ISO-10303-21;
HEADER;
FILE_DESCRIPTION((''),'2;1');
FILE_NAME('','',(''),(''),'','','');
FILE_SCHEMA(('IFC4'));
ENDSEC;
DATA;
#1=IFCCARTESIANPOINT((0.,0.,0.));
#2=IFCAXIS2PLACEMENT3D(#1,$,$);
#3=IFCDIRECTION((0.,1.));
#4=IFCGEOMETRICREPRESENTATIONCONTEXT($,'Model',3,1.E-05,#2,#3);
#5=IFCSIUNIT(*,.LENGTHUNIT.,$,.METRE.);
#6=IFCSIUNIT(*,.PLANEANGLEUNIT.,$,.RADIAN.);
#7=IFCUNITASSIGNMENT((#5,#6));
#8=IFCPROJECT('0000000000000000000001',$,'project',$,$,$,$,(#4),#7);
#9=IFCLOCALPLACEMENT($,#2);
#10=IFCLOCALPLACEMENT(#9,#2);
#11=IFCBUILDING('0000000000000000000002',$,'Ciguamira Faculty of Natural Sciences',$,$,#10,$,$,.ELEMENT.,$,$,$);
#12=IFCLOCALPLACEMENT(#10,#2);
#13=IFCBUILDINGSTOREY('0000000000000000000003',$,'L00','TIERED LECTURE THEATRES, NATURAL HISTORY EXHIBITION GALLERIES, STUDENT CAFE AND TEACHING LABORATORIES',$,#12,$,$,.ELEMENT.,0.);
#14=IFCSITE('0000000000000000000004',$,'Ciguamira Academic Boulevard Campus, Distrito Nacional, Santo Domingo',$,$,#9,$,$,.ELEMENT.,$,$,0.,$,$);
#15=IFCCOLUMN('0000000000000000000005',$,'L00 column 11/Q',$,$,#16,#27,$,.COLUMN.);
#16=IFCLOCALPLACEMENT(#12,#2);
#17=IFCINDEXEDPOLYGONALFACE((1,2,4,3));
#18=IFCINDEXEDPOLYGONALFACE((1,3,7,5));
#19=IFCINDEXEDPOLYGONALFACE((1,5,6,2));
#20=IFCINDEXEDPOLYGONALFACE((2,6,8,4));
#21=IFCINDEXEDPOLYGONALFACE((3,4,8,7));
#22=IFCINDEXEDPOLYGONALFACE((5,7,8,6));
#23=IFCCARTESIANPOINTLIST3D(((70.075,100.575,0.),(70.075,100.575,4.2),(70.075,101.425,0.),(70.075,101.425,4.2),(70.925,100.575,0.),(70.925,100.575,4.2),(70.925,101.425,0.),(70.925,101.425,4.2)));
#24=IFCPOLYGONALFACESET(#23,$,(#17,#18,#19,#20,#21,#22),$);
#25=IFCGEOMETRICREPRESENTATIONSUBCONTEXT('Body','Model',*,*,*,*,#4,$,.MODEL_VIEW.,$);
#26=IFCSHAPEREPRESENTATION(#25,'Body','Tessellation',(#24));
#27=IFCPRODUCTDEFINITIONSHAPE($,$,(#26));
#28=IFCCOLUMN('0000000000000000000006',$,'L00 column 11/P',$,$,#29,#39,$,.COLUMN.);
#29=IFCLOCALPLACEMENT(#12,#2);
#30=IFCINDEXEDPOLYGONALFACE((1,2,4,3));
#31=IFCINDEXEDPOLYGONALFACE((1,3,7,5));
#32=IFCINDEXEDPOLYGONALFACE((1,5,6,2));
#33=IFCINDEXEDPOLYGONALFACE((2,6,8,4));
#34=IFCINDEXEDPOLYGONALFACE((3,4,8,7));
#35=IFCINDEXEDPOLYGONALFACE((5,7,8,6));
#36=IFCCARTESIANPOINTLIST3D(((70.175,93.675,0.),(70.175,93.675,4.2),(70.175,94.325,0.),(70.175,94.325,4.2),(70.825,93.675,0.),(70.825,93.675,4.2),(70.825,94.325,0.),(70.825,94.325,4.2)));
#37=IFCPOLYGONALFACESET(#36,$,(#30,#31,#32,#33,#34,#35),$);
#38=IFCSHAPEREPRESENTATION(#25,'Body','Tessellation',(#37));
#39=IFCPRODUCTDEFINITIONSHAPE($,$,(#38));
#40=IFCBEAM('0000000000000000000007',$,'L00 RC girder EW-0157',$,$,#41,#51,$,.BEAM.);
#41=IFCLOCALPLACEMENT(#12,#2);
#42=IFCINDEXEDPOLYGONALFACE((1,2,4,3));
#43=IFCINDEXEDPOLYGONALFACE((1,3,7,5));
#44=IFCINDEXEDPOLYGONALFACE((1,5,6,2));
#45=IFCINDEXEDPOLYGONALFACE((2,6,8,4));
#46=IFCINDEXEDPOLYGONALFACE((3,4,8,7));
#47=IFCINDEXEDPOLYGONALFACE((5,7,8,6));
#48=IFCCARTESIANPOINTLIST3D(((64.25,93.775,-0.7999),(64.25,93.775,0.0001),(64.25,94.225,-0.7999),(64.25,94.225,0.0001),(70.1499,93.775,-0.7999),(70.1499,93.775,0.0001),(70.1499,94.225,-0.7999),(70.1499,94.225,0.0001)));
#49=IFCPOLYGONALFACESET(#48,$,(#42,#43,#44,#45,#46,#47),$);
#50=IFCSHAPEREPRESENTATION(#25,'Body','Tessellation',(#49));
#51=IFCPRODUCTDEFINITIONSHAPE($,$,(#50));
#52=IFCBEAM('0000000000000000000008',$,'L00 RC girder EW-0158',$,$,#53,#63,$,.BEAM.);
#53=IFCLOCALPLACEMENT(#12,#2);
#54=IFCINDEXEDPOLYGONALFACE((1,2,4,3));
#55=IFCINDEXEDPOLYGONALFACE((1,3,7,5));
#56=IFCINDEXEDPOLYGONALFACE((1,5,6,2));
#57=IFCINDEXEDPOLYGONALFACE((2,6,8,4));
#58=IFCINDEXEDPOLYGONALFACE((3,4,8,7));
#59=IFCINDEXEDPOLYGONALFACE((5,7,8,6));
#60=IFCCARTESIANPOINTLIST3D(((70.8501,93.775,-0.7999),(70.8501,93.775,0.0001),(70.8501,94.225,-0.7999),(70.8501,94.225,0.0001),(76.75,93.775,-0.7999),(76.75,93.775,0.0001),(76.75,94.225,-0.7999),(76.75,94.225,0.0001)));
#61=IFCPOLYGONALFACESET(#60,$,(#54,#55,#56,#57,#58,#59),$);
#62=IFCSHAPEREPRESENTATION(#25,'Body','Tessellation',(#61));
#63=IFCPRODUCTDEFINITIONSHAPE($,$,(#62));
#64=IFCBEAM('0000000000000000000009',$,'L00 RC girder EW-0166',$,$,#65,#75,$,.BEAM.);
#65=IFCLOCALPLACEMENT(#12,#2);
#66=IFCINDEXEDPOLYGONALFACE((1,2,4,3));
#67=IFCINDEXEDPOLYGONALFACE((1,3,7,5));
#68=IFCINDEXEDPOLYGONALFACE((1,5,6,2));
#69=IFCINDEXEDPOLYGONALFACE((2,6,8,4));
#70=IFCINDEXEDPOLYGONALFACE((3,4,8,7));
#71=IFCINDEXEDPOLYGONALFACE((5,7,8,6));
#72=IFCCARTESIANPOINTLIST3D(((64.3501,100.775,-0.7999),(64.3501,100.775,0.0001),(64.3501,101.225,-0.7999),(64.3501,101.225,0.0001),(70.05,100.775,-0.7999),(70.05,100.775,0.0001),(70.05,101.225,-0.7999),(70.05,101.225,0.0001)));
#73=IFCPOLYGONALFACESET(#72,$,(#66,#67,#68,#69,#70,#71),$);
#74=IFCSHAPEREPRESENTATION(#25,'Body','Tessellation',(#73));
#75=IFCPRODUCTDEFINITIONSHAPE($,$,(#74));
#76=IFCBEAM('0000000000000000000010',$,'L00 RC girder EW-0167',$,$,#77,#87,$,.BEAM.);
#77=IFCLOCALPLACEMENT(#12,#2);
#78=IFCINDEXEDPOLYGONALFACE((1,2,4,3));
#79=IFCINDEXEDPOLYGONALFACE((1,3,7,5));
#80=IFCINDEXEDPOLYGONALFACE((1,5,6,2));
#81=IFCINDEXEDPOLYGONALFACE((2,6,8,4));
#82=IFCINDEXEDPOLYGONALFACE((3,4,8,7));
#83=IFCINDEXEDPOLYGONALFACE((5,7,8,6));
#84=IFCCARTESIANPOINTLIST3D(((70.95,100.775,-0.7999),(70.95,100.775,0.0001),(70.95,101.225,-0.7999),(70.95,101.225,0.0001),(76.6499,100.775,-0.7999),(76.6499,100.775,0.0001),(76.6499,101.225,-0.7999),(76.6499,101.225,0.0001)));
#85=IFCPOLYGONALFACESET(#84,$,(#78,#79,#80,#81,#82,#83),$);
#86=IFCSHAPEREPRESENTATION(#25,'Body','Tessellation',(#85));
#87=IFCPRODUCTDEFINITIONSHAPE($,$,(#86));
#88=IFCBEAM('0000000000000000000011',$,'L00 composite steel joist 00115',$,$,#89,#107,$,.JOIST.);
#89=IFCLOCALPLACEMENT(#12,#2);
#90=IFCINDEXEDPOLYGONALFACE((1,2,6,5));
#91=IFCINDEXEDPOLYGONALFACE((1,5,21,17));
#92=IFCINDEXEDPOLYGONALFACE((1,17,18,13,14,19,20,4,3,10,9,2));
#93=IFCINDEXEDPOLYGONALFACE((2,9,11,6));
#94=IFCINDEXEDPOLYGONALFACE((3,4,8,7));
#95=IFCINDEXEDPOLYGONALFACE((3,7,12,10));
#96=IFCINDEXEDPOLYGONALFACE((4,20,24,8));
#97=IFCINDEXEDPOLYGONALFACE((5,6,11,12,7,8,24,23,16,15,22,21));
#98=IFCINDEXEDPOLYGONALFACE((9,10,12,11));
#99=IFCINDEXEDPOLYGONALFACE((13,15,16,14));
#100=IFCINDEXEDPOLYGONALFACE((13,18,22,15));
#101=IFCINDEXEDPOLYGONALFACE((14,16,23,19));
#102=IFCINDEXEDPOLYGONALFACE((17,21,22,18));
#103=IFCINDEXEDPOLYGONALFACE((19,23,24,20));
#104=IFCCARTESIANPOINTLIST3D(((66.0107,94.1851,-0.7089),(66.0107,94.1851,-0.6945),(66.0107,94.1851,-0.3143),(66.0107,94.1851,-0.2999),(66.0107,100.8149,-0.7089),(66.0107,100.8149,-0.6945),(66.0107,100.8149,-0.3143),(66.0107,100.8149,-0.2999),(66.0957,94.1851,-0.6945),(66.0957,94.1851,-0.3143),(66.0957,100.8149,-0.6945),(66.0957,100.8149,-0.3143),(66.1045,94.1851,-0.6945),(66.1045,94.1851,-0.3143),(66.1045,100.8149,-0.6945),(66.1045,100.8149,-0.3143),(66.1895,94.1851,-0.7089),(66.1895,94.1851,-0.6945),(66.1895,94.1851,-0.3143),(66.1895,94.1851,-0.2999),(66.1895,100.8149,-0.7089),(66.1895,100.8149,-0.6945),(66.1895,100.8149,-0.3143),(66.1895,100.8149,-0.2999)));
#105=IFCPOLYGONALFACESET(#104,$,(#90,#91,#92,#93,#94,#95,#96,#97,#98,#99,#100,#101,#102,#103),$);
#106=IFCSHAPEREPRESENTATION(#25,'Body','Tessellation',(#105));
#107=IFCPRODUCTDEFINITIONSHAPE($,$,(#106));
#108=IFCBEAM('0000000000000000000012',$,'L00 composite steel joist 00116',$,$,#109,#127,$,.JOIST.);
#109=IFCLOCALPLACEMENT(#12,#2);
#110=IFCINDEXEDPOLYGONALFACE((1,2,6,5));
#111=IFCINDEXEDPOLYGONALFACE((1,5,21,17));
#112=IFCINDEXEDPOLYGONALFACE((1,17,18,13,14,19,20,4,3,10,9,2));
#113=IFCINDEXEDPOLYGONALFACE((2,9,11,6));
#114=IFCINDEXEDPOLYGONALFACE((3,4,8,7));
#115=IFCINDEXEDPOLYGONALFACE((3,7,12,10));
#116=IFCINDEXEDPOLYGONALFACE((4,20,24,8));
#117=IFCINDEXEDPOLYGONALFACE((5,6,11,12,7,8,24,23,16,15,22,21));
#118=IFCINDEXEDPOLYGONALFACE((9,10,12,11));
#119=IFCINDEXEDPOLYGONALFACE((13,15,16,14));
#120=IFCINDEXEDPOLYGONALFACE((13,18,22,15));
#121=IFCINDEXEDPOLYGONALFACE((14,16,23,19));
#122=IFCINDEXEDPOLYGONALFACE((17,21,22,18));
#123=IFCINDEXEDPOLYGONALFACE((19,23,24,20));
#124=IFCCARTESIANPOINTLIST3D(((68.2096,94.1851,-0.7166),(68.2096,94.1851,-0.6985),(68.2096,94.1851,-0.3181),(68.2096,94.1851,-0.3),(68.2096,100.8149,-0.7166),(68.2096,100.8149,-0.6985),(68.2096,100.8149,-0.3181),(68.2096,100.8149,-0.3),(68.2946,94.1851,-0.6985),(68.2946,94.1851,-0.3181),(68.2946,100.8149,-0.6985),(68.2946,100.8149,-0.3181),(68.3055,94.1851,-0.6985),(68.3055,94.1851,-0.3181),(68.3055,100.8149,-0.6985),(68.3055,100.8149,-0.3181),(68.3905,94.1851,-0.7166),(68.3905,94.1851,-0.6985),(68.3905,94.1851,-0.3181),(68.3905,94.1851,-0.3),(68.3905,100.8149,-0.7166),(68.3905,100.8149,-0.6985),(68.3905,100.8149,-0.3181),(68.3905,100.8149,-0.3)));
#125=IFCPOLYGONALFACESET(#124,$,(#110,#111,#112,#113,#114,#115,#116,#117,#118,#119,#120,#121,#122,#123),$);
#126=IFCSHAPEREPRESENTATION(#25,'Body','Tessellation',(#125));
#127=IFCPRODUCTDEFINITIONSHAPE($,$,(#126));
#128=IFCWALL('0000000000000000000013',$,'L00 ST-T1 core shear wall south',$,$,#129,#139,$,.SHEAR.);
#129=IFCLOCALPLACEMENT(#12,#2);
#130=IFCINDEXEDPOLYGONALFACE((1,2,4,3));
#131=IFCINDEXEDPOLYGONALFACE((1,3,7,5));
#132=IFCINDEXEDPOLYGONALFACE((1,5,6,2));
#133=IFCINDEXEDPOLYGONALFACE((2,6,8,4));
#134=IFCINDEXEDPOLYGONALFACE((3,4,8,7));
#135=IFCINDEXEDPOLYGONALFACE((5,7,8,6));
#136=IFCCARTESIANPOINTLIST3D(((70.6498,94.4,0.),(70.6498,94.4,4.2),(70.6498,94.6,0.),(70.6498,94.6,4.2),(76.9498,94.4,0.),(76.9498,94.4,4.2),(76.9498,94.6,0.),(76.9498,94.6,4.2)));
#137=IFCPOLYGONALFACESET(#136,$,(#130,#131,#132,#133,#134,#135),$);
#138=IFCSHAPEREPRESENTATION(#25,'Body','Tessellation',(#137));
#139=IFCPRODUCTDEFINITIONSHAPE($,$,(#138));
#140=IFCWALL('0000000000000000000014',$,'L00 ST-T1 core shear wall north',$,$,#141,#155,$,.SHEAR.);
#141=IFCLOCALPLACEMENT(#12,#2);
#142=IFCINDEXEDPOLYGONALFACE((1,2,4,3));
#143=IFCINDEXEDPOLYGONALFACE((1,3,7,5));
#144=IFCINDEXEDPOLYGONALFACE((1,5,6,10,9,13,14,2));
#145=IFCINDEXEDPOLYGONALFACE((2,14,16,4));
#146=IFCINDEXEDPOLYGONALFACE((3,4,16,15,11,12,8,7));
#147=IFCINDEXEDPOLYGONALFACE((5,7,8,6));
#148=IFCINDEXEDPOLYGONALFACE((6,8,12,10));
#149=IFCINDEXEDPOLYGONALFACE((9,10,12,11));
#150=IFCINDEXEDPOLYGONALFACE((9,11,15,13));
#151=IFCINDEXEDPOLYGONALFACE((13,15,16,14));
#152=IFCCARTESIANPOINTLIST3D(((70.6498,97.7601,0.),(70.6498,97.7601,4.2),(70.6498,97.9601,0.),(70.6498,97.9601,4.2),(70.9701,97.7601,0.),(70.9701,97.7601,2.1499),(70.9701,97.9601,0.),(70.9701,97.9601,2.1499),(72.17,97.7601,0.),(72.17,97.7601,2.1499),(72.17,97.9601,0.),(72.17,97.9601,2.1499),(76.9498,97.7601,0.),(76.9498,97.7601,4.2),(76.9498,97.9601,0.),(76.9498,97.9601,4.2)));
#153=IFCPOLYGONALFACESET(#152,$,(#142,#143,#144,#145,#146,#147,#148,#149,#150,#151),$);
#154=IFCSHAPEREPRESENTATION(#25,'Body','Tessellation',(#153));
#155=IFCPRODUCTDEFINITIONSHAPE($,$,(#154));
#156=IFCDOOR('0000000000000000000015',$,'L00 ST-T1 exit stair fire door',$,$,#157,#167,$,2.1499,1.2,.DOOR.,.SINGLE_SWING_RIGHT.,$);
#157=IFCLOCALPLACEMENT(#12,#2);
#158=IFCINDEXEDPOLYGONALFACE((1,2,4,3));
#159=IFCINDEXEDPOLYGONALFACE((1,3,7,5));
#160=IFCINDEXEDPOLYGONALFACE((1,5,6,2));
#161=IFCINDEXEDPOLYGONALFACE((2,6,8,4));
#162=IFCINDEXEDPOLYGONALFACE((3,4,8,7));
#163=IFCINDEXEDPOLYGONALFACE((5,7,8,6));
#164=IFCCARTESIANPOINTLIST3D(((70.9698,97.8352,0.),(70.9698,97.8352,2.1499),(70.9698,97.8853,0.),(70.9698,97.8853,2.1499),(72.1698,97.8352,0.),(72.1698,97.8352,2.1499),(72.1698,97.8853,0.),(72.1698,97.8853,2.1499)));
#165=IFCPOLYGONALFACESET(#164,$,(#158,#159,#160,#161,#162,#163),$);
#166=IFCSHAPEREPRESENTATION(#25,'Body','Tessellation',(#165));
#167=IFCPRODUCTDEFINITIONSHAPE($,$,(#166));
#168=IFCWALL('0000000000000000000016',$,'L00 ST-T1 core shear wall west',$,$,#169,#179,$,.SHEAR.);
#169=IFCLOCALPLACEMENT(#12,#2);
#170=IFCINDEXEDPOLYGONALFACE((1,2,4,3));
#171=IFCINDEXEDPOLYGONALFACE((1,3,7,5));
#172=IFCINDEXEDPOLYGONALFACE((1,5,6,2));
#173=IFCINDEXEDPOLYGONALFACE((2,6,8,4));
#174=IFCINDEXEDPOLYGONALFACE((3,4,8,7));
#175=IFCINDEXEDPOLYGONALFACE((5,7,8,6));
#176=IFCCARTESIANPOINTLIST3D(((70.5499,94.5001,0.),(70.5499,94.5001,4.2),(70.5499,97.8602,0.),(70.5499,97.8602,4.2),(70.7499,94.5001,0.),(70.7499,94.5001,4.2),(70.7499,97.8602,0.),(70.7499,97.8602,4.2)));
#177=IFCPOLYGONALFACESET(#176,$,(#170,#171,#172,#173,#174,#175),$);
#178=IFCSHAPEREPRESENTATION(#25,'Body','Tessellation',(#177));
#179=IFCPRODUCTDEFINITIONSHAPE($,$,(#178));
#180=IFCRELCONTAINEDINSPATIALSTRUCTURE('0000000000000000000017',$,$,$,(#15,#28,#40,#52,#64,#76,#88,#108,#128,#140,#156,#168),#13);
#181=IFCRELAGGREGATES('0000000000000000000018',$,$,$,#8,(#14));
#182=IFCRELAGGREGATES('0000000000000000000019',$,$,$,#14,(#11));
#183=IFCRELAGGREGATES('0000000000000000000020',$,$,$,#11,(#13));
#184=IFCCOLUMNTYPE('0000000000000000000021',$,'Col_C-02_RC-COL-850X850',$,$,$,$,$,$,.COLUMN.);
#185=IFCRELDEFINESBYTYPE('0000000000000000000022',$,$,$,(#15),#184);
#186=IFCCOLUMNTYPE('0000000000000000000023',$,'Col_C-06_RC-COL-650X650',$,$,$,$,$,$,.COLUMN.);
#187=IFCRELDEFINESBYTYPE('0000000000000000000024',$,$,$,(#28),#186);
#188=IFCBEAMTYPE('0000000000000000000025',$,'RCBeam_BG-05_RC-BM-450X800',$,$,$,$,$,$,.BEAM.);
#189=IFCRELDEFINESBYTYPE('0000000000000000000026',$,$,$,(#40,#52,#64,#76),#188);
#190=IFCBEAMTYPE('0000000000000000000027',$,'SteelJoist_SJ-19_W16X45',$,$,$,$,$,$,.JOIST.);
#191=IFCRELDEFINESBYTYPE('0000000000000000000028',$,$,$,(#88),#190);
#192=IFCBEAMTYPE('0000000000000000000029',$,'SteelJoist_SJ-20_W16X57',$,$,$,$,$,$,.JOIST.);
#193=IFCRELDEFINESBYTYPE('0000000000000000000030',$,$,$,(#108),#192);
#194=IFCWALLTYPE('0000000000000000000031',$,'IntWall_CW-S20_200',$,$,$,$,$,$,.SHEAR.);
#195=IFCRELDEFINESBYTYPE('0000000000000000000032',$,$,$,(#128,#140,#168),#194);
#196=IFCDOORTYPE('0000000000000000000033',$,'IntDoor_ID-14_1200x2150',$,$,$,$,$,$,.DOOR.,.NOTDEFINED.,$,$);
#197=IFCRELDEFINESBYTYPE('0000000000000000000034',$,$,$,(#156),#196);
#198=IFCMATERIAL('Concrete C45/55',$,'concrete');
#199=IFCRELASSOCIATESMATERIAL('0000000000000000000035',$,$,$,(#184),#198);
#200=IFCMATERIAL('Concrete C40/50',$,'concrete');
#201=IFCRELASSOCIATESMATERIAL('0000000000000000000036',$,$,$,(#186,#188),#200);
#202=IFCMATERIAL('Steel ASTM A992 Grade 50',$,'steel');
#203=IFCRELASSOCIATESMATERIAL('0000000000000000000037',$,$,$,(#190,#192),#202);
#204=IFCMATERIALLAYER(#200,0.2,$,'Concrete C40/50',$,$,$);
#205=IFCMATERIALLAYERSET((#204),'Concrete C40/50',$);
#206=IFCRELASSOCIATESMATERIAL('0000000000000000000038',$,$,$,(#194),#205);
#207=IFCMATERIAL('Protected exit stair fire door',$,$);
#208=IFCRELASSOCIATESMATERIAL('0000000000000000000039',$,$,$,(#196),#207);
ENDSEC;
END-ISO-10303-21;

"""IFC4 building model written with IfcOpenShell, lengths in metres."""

from ifc_helpers import new_model, si_unit, direction, frame, frame_2d, origin, origin_2d, place, context, subcontext, project, spatial, rectangle, i_section, extrude, material, layer, layer_set, material_profile, profile_set, type_object, element, fill, save


model = new_model("IFC4")

# Units and contexts
model_context = context("Model", 3, precision=1e-05, world=origin(), true_north=direction((0.0, 1.0)))
body_context = subcontext(model_context, "Body", "Model", "MODEL_VIEW")
ifc_project = project(units=[si_unit("LENGTHUNIT", "METRE"), si_unit("PLANEANGLEUNIT", "RADIAN")], contexts=[model_context])

# Site, building, storey
site_placement = place(None, origin())
site = spatial("IfcSite", under=ifc_project, at=site_placement, Name="Ciguamira Academic Boulevard Campus, Distrito Nacional, Santo Domingo", CompositionType="ELEMENT", RefElevation=0.0)
building_placement = place(site_placement, origin())
building = spatial("IfcBuilding", under=site, at=building_placement, Name="Ciguamira Faculty of Natural Sciences", CompositionType="ELEMENT")
storey_placement = place(building_placement, origin())
storey = spatial("IfcBuildingStorey", under=building, at=storey_placement, Name="L00", Description="TIERED LECTURE THEATRES, NATURAL HISTORY EXHIBITION GALLERIES, STUDENT CAFE AND TEACHING LABORATORIES", CompositionType="ELEMENT", Elevation=0.0)

# Columns
ifc_material_1 = material(Name="Concrete C45/55", Category="concrete")
ifc_material_profile_1 = material_profile(ifc_material_1, rectangle(XDim=0.8501, YDim=0.8501, at=origin_2d()), Name="RC-COL-850X850")
ifc_profile_set_1 = profile_set([ifc_material_profile_1], Name="Concrete C45/55")
column_type_1 = type_object("IfcColumnType", Name="Col_C-02_RC-COL-850X850", PredefinedType="COLUMN", material=ifc_profile_set_1)
column_1_placement = place(storey_placement, frame((70.5, 101.0, 0.0), z_axis=(0.0, 0.0, 1.0), x_axis=(1.0, 0.0, 0.0)))
element("IfcColumn", 1, at=column_1_placement, inside=storey, type_object=column_type_1, Name="L00 column 11/Q", PredefinedType="COLUMN", context=body_context, shape_type="SweptSolid", body=[
    extrude(rectangle(XDim=0.8501, YDim=0.8501, at=origin_2d()), origin(), (0.0, 0.0, 1.0), 4.2),
])
ifc_material_2 = material(Name="Concrete C40/50", Category="concrete")
ifc_material_profile_2 = material_profile(ifc_material_2, rectangle(XDim=0.6499, YDim=0.6499, at=origin_2d()), Name="RC-COL-650X650")
ifc_profile_set_2 = profile_set([ifc_material_profile_2], Name="Concrete C40/50")
column_type_2 = type_object("IfcColumnType", Name="Col_C-06_RC-COL-650X650", PredefinedType="COLUMN", material=ifc_profile_set_2)
column_2_placement = place(storey_placement, frame((70.5, 94.0, 0.0), z_axis=(0.0, 0.0, 1.0), x_axis=(1.0, 0.0, 0.0)))
element("IfcColumn", 2, at=column_2_placement, inside=storey, type_object=column_type_2, Name="L00 column 11/P", PredefinedType="COLUMN", context=body_context, shape_type="SweptSolid", body=[
    extrude(rectangle(XDim=0.6499, YDim=0.6499, at=origin_2d()), origin(), (0.0, 0.0, 1.0), 4.2),
])

# Beams
ifc_material_profile_3 = material_profile(ifc_material_2, rectangle(XDim=0.45, YDim=0.8, at=origin_2d()), Name="RC-BM-450X800")
ifc_profile_set_3 = profile_set([ifc_material_profile_3], Name="Concrete C40/50")
beam_type_1 = type_object("IfcBeamType", Name="RCBeam_BG-05_RC-BM-450X800", PredefinedType="BEAM", material=ifc_profile_set_3)
for number, where, z_axis, x_axis, name in (
    (3, (64.25, 94.0, -0.3999), (1.0, 0.0, 0.0), (0.0, 1.0, 0.0), "L00 RC girder EW-0157"),
    (4, (70.8501, 94.0, -0.3999), (1.0, 0.0, 0.0), (0.0, 1.0, 0.0), "L00 RC girder EW-0158"),
):
    element("IfcBeam", number, at=place(storey_placement, frame(where, z_axis=z_axis, x_axis=x_axis)), inside=storey, type_object=beam_type_1, Name=name, PredefinedType="BEAM", context=body_context, shape_type="SweptSolid", body=[
        extrude(rectangle(XDim=0.45, YDim=0.8, at=origin_2d()), origin(), (0.0, 0.0, 1.0), 5.8999),
    ])
for number, where, z_axis, x_axis, name in (
    (5, (64.3501, 101.0, -0.3999), (1.0, 0.0, 0.0), (0.0, 1.0, 0.0), "L00 RC girder EW-0166"),
    (6, (70.95, 101.0, -0.3999), (1.0, 0.0, 0.0), (0.0, 1.0, 0.0), "L00 RC girder EW-0167"),
):
    element("IfcBeam", number, at=place(storey_placement, frame(where, z_axis=z_axis, x_axis=x_axis)), inside=storey, type_object=beam_type_1, Name=name, PredefinedType="BEAM", context=body_context, shape_type="SweptSolid", body=[
        extrude(rectangle(XDim=0.45, YDim=0.8, at=origin_2d()), origin(), (0.0, 0.0, 1.0), 5.7),
    ])
ifc_material_3 = material(Name="Steel ASTM A992 Grade 50", Category="steel")
ifc_material_profile_4 = material_profile(ifc_material_3, i_section(OverallWidth=0.1787, OverallDepth=0.4089, WebThickness=0.0088, FlangeThickness=0.0144, at=origin_2d()), Name="W16X45")
ifc_profile_set_4 = profile_set([ifc_material_profile_4], Name="Steel ASTM A992 Grade 50")
beam_type_2 = type_object("IfcBeamType", Name="SteelJoist_SJ-19_W16X45", PredefinedType="JOIST", material=ifc_profile_set_4)
beam_1_placement = place(storey_placement, frame((66.1001, 94.1851, -0.5044), z_axis=(0.0, 1.0, 0.0), x_axis=(-1.0, 0.0, 0.0)))
element("IfcBeam", 7, at=beam_1_placement, inside=storey, type_object=beam_type_2, Name="L00 composite steel joist 00115", PredefinedType="JOIST", context=body_context, shape_type="SweptSolid", body=[
    extrude(i_section(OverallWidth=0.1787, OverallDepth=0.4089, WebThickness=0.0088, FlangeThickness=0.0144, at=origin_2d()), origin(), (0.0, 0.0, 1.0), 6.6299),
])
ifc_material_profile_5 = material_profile(ifc_material_3, i_section(OverallWidth=0.1809, OverallDepth=0.4165, WebThickness=0.011, FlangeThickness=0.0181, at=origin_2d()), Name="W16X57")
ifc_profile_set_5 = profile_set([ifc_material_profile_5], Name="Steel ASTM A992 Grade 50")
beam_type_3 = type_object("IfcBeamType", Name="SteelJoist_SJ-20_W16X57", PredefinedType="JOIST", material=ifc_profile_set_5)
beam_2_placement = place(storey_placement, frame((68.3, 94.1851, -0.5083), z_axis=(0.0, 1.0, 0.0), x_axis=(-1.0, 0.0, 0.0)))
element("IfcBeam", 8, at=beam_2_placement, inside=storey, type_object=beam_type_3, Name="L00 composite steel joist 00116", PredefinedType="JOIST", context=body_context, shape_type="SweptSolid", body=[
    extrude(i_section(OverallWidth=0.1809, OverallDepth=0.4165, WebThickness=0.011, FlangeThickness=0.0181, at=origin_2d()), origin(), (0.0, 0.0, 1.0), 6.6299),
])

# Wall
ifc_layer_1 = layer(ifc_material_2, 0.2, Name="Concrete C40/50")
ifc_layer_set_1 = layer_set([ifc_layer_1], Name="Concrete C40/50")
wall_type_1 = type_object("IfcWallType", Name="IntWall_CW-S20_200", PredefinedType="SHEAR", material=ifc_layer_set_1)
wall_1_placement = place(storey_placement, frame((70.6499, 94.5, 0.0), z_axis=(0.0, 0.0, 1.0), x_axis=(1.0, 0.0, 0.0)))
element("IfcWall", 9, at=wall_1_placement, inside=storey, type_object=wall_type_1, Name="L00 ST-T1 core shear wall south", PredefinedType="SHEAR", context=body_context, shape_type="SweptSolid", body=[
    extrude(rectangle(XDim=6.3, YDim=0.2, at=frame_2d((3.1499, 0.0))), origin(), (0.0, 0.0, 1.0), 4.2),
])

# Wall, opening, door
wall_2_placement = place(storey_placement, frame((70.6499, 97.8601, 0.0), z_axis=(0.0, 0.0, 1.0), x_axis=(1.0, 0.0, 0.0)))
wall_2 = element("IfcWall", 10, at=wall_2_placement, inside=storey, type_object=wall_type_1, Name="L00 ST-T1 core shear wall north", PredefinedType="SHEAR", context=body_context, shape_type="SweptSolid", body=[
    extrude(rectangle(XDim=6.3, YDim=0.2, at=frame_2d((3.1499, 0.0))), origin(), (0.0, 0.0, 1.0), 4.2),
])
opening_placement = place(wall_2_placement, frame((0.3201, 0.0, 0.0)))
opening = element("IfcOpeningElement", 11, at=opening_placement, cuts=wall_2, PredefinedType="OPENING", context=body_context, shape_type="SweptSolid", body=[
    extrude(rectangle(XDim=1.2, YDim=2.1499, at=frame_2d((0.6001, 1.075))), frame((0.0, 0.1099, 0.0), z_axis=(0.0, -1.0, 0.0), x_axis=(1.0, 0.0, 0.0)), (0.0, 0.0, 1.0), 0.22),
])
ifc_material_4 = material(Name="Protected exit stair fire door")
door_type = type_object("IfcDoorType", Name="IntDoor_ID-14_1200x2150", OperationType="NOTDEFINED", PredefinedType="DOOR", material=ifc_material_4)
door_placement = place(opening_placement, frame((1.2, 0.0, 0.0), z_axis=(0.0, 0.0, 1.0), x_axis=(-1.0, 0.0, 0.0)))
door = element("IfcDoor", 12, at=door_placement, inside=storey, type_object=door_type, Name="L00 ST-T1 exit stair fire door", OperationType="SINGLE_SWING_RIGHT", OverallHeight=2.1499, OverallWidth=1.2, PredefinedType="DOOR", context=body_context, shape_type="SweptSolid", body=[
    extrude(rectangle(XDim=1.2, YDim=2.1499, at=frame_2d((0.6001, 1.075))), frame((0.0, 0.0249, 0.0), z_axis=(0.0, -1.0, 0.0), x_axis=(1.0, 0.0, 0.0)), (0.0, 0.0, 1.0), 0.05),
])
fill(opening, door)

# Wall
wall_3_placement = place(storey_placement, frame((70.6499, 94.5, 0.0), z_axis=(0.0, 0.0, 1.0), x_axis=(0.0, 1.0, 0.0)))
element("IfcWall", 13, at=wall_3_placement, inside=storey, type_object=wall_type_1, Name="L00 ST-T1 core shear wall west", PredefinedType="SHEAR", context=body_context, shape_type="SweptSolid", body=[
    extrude(rectangle(XDim=3.3601, YDim=0.2, at=frame_2d((1.6802, 0.0))), origin(), (0.0, 0.0, 1.0), 4.2),
])

save(model, "model.ifc")
